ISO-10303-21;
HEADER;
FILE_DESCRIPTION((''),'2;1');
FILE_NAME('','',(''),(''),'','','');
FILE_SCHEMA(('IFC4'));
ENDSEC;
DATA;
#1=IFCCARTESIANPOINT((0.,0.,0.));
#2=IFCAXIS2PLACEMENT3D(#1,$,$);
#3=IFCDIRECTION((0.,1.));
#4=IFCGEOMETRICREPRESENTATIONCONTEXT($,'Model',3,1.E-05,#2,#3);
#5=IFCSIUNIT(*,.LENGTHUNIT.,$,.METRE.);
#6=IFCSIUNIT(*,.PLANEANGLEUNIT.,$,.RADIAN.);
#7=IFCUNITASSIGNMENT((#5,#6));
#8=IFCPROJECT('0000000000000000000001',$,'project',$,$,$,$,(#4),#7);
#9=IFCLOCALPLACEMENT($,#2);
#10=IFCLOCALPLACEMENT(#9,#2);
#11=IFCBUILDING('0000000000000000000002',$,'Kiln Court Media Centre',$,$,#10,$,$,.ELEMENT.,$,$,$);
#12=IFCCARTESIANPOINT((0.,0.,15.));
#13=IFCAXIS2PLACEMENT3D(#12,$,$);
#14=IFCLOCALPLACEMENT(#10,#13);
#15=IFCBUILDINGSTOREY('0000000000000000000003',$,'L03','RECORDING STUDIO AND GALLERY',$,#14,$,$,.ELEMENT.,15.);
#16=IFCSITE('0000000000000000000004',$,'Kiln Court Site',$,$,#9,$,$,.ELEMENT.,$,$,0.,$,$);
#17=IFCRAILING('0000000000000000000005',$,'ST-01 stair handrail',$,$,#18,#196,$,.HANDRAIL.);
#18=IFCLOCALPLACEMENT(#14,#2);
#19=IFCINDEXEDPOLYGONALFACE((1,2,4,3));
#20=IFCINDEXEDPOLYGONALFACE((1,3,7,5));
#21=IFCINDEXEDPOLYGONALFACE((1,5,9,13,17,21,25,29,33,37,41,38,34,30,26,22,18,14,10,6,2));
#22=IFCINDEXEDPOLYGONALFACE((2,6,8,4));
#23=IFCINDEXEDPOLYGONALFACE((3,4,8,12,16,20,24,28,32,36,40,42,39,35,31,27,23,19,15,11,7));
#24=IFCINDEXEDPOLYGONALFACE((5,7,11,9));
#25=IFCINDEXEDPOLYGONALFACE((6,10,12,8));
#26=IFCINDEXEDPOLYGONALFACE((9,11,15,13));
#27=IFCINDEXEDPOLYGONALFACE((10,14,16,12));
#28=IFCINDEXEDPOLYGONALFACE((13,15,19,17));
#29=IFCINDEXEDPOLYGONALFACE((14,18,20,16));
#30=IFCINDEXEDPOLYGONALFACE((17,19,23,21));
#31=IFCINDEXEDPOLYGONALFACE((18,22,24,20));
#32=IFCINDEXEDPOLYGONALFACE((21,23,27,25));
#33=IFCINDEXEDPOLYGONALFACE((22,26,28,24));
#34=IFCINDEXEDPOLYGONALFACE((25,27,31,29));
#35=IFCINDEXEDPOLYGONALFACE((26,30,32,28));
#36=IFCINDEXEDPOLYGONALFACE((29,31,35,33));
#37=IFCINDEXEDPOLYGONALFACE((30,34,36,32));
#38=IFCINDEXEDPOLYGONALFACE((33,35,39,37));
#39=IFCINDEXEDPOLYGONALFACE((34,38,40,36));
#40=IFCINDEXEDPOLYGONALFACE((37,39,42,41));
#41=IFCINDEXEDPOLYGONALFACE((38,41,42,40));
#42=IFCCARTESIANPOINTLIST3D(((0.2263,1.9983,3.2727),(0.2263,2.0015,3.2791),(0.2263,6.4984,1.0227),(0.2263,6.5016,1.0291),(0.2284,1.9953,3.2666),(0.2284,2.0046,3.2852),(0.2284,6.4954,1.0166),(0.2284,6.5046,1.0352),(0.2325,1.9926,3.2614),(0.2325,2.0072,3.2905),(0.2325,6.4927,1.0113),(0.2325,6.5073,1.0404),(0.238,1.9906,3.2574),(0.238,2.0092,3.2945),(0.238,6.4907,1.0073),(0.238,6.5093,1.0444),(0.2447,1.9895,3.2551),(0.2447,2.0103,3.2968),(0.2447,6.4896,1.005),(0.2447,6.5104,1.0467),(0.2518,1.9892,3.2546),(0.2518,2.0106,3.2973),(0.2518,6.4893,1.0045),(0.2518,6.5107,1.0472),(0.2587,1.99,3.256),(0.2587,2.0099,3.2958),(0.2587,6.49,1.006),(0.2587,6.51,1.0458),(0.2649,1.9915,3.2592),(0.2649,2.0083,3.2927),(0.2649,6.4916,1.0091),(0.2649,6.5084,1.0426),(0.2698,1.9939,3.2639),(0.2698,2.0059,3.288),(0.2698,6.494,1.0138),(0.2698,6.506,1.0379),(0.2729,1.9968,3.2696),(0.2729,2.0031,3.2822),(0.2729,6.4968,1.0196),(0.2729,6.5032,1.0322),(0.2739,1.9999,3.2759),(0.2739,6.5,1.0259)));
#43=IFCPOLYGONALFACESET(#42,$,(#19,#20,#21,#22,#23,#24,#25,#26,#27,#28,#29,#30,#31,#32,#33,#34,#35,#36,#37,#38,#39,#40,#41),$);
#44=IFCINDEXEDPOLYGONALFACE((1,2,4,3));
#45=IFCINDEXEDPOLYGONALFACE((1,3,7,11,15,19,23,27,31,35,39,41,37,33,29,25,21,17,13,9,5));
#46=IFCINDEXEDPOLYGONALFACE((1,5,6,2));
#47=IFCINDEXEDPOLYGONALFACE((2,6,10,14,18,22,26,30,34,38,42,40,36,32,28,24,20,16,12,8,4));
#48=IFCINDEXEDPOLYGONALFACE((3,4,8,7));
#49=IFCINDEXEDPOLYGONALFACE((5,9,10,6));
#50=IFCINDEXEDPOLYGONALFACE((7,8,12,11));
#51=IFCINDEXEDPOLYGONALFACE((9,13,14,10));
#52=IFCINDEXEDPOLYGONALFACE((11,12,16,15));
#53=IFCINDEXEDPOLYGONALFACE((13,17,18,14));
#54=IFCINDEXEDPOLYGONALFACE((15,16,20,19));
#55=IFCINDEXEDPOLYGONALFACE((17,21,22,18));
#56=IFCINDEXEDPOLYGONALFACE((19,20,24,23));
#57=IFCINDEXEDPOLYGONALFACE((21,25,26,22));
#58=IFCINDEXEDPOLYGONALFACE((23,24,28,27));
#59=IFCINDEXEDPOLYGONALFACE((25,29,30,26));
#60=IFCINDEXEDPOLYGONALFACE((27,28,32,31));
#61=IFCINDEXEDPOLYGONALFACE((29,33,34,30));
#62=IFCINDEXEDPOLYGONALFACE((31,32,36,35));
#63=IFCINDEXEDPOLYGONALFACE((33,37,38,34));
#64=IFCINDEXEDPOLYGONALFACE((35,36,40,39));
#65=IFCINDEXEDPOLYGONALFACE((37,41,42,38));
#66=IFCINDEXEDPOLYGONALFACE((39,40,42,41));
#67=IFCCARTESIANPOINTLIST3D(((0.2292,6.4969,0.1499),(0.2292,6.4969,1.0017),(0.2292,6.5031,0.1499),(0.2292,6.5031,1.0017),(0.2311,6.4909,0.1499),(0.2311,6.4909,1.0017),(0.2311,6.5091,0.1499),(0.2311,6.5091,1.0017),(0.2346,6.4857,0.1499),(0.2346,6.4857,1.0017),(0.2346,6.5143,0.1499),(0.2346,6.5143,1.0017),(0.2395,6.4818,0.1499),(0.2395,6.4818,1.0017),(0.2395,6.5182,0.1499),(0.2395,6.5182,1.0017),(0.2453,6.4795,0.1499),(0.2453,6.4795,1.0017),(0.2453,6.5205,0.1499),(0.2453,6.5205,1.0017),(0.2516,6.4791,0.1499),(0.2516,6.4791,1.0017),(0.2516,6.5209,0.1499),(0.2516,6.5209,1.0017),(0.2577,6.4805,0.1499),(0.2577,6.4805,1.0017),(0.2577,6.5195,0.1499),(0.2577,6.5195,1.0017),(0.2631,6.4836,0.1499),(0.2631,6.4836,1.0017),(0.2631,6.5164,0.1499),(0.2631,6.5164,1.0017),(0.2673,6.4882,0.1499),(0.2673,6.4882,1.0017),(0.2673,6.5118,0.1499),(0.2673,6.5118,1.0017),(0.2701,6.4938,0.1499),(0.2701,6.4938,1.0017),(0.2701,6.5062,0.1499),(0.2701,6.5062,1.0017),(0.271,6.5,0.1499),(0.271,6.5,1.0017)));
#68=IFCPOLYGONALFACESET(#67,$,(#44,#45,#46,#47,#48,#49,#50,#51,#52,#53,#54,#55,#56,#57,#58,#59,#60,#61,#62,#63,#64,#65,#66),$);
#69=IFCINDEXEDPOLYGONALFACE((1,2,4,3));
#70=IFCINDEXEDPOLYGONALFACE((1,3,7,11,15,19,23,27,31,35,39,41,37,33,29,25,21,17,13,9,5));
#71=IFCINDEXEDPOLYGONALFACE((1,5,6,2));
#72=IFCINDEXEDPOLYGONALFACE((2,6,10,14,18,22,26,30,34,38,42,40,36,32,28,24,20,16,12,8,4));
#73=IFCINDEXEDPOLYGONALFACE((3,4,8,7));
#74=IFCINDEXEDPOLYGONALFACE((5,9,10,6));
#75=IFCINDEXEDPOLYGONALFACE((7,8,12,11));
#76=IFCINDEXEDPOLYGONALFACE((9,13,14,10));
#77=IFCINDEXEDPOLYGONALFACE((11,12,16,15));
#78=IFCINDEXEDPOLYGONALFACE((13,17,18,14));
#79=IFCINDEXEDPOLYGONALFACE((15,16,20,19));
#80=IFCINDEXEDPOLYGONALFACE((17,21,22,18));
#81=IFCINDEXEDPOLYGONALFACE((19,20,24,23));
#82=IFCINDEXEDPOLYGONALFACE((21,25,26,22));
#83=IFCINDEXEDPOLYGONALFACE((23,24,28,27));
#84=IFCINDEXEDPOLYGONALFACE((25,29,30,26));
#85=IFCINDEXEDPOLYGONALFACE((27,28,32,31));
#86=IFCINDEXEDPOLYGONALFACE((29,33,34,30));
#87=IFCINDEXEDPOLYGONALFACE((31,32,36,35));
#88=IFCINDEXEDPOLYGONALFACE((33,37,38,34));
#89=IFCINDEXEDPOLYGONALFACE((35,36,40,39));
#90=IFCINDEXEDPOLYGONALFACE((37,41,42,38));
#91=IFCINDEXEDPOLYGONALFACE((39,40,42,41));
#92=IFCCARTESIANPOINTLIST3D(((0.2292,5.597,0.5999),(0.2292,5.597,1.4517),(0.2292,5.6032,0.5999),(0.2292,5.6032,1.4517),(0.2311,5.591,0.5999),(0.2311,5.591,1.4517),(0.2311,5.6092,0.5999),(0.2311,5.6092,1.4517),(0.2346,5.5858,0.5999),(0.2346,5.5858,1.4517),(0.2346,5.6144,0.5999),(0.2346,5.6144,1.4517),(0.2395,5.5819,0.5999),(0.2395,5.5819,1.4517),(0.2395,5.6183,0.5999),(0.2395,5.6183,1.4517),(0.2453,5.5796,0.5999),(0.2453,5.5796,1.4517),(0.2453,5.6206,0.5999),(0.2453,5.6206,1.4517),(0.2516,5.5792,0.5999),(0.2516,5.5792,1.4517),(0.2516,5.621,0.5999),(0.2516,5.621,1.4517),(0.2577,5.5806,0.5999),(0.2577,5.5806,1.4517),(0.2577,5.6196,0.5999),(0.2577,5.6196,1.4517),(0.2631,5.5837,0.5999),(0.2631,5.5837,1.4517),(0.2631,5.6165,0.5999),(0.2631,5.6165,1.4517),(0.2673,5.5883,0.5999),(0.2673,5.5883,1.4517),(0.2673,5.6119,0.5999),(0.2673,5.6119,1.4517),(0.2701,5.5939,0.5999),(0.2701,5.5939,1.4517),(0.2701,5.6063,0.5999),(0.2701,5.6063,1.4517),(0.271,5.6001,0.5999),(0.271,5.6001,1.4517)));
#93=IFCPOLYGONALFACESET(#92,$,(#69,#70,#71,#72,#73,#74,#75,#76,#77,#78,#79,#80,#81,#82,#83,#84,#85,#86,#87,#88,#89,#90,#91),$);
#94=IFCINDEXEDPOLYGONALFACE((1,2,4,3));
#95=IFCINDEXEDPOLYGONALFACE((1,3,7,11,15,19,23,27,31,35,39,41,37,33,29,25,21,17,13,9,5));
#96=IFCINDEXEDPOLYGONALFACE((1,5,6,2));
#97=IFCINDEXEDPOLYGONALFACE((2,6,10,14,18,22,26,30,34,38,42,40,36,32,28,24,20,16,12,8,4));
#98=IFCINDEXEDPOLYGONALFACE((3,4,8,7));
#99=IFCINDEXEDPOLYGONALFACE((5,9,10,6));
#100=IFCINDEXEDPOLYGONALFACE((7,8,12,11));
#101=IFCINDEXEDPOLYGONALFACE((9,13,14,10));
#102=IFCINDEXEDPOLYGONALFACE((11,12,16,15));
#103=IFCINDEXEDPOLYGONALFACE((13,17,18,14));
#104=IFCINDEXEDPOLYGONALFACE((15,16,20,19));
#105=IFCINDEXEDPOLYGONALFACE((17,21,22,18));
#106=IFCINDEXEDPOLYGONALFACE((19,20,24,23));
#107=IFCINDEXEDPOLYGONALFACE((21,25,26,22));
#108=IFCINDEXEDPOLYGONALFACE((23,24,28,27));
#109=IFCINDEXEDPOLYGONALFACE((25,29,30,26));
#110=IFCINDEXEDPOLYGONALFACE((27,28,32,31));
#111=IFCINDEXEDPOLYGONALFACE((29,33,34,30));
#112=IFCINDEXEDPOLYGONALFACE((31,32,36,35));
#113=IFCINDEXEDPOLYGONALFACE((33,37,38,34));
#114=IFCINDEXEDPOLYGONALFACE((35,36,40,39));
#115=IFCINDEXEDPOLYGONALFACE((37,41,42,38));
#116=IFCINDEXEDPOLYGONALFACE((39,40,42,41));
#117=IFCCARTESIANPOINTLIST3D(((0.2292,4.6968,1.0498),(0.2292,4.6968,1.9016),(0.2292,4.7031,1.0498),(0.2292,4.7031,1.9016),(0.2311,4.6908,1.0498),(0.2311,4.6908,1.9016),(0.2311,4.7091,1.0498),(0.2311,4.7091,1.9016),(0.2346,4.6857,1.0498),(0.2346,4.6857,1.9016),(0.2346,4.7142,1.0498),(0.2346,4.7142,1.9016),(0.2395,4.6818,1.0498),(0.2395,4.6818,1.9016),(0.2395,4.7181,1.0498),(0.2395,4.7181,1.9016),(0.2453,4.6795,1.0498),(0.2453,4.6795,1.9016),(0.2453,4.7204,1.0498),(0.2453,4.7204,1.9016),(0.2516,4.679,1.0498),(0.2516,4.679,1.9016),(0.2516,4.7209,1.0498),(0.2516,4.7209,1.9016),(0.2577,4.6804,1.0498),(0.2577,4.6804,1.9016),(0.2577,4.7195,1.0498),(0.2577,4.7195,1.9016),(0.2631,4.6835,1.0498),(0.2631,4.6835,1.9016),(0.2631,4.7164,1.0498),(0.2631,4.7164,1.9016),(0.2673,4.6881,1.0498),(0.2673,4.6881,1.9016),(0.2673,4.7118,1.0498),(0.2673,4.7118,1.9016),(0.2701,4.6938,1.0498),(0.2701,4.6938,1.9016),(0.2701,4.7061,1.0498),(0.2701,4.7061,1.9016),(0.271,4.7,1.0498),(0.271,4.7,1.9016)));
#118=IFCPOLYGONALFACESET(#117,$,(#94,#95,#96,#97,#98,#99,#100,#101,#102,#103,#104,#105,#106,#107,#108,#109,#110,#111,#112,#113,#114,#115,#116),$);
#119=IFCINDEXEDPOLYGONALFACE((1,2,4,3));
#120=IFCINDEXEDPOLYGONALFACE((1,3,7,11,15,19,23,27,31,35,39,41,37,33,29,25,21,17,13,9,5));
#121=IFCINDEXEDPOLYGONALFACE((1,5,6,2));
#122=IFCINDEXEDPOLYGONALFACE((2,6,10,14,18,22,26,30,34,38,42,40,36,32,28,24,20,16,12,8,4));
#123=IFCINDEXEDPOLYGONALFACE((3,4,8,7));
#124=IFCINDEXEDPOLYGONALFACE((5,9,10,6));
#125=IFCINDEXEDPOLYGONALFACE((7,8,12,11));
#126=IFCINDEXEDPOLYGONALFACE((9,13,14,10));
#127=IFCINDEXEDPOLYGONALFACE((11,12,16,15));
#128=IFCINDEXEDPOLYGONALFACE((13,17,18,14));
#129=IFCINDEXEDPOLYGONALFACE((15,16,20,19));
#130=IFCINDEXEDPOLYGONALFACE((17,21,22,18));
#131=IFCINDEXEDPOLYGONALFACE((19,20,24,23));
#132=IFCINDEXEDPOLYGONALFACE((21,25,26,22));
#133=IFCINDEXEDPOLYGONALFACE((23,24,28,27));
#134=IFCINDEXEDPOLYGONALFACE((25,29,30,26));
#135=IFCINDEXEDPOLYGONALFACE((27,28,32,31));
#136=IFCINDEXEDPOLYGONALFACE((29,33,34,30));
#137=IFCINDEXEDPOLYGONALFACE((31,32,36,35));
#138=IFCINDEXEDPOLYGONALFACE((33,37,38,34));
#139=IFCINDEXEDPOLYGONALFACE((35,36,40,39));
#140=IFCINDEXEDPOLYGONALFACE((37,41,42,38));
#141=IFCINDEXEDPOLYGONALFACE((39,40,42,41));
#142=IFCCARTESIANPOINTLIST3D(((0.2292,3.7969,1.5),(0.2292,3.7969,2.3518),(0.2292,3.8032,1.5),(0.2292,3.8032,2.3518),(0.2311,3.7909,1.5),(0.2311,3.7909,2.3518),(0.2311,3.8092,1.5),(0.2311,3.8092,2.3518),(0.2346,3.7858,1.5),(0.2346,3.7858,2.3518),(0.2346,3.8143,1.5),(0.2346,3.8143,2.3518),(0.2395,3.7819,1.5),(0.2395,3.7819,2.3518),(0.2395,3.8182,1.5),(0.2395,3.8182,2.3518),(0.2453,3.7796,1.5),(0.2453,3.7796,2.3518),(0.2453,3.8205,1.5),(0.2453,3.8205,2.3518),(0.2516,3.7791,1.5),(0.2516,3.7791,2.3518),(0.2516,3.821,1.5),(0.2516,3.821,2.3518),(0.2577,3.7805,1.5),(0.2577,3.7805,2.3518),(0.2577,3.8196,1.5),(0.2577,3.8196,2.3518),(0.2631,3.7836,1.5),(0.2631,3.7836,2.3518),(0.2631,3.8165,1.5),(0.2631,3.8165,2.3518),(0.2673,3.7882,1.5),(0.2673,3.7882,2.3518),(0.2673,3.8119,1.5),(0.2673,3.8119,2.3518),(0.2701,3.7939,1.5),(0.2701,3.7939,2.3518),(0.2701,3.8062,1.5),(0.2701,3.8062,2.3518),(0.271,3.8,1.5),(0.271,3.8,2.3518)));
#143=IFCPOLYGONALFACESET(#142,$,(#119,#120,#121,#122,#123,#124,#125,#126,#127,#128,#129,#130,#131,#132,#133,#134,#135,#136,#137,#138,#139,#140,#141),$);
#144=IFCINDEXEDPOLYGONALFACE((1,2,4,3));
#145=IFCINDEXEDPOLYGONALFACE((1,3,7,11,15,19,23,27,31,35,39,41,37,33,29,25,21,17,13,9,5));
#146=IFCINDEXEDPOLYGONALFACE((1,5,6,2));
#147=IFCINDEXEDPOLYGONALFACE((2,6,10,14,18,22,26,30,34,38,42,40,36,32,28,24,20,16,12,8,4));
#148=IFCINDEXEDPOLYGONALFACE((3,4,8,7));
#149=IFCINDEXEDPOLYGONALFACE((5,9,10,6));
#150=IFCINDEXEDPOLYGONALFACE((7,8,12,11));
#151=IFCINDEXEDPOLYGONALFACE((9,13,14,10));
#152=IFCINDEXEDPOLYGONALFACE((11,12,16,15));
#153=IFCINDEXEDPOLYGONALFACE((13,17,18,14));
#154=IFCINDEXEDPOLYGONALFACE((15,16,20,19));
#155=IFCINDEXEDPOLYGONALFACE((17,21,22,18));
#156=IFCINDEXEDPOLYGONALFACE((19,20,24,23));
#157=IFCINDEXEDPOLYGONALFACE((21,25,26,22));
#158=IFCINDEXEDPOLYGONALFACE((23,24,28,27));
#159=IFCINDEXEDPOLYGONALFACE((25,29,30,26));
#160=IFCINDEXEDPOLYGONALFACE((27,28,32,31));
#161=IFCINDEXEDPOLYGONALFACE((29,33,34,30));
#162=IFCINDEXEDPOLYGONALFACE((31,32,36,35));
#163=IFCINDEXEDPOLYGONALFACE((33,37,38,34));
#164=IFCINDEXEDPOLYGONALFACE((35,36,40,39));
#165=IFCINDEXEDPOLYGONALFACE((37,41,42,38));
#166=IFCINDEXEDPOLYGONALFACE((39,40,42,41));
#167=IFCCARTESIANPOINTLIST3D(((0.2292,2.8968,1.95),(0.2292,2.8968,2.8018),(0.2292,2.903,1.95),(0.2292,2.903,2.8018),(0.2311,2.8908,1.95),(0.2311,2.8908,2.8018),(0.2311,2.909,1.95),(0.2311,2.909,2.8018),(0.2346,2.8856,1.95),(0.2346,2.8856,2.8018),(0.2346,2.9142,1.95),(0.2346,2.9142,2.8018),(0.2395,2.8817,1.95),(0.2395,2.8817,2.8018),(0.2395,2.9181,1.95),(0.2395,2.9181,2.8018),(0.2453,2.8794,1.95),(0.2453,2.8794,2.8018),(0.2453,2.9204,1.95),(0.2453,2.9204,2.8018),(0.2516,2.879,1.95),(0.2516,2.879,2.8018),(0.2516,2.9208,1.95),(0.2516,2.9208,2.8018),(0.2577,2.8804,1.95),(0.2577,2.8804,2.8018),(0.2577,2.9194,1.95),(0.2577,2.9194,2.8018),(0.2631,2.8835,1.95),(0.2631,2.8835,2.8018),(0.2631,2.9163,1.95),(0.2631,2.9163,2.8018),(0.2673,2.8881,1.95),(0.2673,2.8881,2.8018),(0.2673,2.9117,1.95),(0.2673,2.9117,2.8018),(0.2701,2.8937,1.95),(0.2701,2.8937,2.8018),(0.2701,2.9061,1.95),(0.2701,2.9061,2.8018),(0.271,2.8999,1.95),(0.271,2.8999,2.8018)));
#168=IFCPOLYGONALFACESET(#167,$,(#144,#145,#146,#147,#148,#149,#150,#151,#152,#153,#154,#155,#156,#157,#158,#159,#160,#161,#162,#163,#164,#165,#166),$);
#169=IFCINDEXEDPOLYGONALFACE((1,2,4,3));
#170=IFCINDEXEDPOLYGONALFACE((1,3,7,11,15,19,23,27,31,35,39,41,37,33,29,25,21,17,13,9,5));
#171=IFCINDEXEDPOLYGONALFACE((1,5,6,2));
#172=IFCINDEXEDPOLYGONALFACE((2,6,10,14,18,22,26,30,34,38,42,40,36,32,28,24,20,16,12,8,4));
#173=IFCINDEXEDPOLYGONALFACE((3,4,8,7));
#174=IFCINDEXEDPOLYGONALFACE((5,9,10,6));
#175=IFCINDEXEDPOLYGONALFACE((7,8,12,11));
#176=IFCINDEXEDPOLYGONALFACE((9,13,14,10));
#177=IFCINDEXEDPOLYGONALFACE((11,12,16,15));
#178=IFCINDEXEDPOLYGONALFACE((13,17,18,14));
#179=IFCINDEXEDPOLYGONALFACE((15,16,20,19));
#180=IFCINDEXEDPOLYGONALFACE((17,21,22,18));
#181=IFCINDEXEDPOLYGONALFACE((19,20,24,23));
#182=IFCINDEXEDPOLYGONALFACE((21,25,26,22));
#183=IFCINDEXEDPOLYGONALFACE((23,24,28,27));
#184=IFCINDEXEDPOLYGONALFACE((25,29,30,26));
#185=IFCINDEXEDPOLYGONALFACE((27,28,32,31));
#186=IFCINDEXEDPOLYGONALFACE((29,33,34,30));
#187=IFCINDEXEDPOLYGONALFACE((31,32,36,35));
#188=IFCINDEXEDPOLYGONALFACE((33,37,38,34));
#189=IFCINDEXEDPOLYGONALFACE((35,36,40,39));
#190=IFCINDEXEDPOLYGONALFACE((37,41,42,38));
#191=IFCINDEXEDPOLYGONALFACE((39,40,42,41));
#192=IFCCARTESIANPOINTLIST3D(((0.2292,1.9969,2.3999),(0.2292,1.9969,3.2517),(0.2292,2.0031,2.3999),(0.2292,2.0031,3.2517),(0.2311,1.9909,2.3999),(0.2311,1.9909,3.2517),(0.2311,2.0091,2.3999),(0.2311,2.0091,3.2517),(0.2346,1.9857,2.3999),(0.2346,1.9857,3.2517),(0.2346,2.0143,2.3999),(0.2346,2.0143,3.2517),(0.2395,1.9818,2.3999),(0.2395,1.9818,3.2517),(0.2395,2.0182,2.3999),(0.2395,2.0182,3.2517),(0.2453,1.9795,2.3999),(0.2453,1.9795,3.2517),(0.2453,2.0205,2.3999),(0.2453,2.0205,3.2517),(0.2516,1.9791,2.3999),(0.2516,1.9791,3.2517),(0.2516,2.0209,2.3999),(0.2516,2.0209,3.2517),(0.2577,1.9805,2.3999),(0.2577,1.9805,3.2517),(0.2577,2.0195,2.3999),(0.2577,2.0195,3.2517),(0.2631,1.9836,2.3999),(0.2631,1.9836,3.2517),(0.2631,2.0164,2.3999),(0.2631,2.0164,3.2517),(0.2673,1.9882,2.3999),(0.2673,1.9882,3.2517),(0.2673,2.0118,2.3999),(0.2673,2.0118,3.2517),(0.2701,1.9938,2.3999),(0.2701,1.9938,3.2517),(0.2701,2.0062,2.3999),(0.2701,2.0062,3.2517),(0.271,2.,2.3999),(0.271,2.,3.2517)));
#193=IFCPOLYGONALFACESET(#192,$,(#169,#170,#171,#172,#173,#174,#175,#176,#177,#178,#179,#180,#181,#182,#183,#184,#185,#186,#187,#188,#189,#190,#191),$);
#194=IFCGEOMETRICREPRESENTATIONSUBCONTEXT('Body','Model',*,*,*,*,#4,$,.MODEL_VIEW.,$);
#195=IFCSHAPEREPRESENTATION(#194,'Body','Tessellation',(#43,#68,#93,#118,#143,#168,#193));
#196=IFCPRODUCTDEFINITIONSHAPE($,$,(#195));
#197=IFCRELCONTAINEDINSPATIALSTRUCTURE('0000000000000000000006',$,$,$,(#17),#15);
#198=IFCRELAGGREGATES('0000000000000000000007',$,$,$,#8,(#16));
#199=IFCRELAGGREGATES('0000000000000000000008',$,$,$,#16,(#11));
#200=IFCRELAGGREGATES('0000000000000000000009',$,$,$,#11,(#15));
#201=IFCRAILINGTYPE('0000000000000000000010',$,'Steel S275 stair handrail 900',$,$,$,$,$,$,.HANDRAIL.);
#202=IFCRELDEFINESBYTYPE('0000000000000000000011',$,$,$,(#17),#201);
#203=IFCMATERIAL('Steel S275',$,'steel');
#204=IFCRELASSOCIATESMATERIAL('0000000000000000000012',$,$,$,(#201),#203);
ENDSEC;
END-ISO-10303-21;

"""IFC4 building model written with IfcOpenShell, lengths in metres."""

from ifc_helpers import new_model, si_unit, direction, frame, origin, origin_2d, place, context, subcontext, project, spatial, circle, extrude, material, type_object, element, save


model = new_model("IFC4")

# Units and contexts
model_context = context("Model", 3, precision=1e-05, world=origin(), true_north=direction((0.0, 1.0)))
body_context = subcontext(model_context, "Body", "Model", "MODEL_VIEW")
ifc_project = project(units=[si_unit("LENGTHUNIT", "METRE"), si_unit("PLANEANGLEUNIT", "RADIAN")], contexts=[model_context])

# Site, building, storey
site_placement = place(None, origin())
site = spatial("IfcSite", under=ifc_project, at=site_placement, Name="Kiln Court Site", CompositionType="ELEMENT", RefElevation=0.0)
building_placement = place(site_placement, origin())
building = spatial("IfcBuilding", under=site, at=building_placement, Name="Kiln Court Media Centre", CompositionType="ELEMENT")
storey_placement = place(building_placement, frame((0.0, 0.0, 15.0)))
storey = spatial("IfcBuildingStorey", under=building, at=storey_placement, Name="L03", Description="RECORDING STUDIO AND GALLERY", CompositionType="ELEMENT", Elevation=15.0)

# Railing
ifc_material_1 = material(Name="Steel S275", Category="steel")
railing_type = type_object("IfcRailingType", Name="Steel S275 stair handrail 900", PredefinedType="HANDRAIL", material=ifc_material_1)
railing_placement = place(storey_placement, frame((0.25, 6.5, 0.1499)))
element("IfcRailing", 1, at=railing_placement, inside=storey, type_object=railing_type, Name="ST-01 stair handrail", PredefinedType="HANDRAIL", context=body_context, shape_type="SweptSolid", body=[
    extrude(circle(Radius=0.0239, at=origin_2d()), frame((0.0, 0.0, 0.876), z_axis=(0.0, -0.894427, 0.447214), x_axis=(1.0, 0.0, 0.0)), (0.0, 0.0, 1.0), 5.0312),
    extrude(circle(Radius=0.021, at=origin_2d()), origin(), (0.0, 0.0, 1.0), 0.8518),
    extrude(circle(Radius=0.021, at=origin_2d()), frame((0.0, -0.8999, 0.45)), (0.0, 0.0, 1.0), 0.8518),
    extrude(circle(Radius=0.021, at=origin_2d()), frame((0.0, -1.8, 0.8999)), (0.0, 0.0, 1.0), 0.8518),
    extrude(circle(Radius=0.021, at=origin_2d()), frame((0.0, -2.7, 1.3501)), (0.0, 0.0, 1.0), 0.8518),
    extrude(circle(Radius=0.021, at=origin_2d()), frame((0.0, -3.6001, 1.8)), (0.0, 0.0, 1.0), 0.8518),
    extrude(circle(Radius=0.021, at=origin_2d()), frame((0.0, -4.5, 2.25)), (0.0, 0.0, 1.0), 0.8518),
])

save(model, "model.ifc")
